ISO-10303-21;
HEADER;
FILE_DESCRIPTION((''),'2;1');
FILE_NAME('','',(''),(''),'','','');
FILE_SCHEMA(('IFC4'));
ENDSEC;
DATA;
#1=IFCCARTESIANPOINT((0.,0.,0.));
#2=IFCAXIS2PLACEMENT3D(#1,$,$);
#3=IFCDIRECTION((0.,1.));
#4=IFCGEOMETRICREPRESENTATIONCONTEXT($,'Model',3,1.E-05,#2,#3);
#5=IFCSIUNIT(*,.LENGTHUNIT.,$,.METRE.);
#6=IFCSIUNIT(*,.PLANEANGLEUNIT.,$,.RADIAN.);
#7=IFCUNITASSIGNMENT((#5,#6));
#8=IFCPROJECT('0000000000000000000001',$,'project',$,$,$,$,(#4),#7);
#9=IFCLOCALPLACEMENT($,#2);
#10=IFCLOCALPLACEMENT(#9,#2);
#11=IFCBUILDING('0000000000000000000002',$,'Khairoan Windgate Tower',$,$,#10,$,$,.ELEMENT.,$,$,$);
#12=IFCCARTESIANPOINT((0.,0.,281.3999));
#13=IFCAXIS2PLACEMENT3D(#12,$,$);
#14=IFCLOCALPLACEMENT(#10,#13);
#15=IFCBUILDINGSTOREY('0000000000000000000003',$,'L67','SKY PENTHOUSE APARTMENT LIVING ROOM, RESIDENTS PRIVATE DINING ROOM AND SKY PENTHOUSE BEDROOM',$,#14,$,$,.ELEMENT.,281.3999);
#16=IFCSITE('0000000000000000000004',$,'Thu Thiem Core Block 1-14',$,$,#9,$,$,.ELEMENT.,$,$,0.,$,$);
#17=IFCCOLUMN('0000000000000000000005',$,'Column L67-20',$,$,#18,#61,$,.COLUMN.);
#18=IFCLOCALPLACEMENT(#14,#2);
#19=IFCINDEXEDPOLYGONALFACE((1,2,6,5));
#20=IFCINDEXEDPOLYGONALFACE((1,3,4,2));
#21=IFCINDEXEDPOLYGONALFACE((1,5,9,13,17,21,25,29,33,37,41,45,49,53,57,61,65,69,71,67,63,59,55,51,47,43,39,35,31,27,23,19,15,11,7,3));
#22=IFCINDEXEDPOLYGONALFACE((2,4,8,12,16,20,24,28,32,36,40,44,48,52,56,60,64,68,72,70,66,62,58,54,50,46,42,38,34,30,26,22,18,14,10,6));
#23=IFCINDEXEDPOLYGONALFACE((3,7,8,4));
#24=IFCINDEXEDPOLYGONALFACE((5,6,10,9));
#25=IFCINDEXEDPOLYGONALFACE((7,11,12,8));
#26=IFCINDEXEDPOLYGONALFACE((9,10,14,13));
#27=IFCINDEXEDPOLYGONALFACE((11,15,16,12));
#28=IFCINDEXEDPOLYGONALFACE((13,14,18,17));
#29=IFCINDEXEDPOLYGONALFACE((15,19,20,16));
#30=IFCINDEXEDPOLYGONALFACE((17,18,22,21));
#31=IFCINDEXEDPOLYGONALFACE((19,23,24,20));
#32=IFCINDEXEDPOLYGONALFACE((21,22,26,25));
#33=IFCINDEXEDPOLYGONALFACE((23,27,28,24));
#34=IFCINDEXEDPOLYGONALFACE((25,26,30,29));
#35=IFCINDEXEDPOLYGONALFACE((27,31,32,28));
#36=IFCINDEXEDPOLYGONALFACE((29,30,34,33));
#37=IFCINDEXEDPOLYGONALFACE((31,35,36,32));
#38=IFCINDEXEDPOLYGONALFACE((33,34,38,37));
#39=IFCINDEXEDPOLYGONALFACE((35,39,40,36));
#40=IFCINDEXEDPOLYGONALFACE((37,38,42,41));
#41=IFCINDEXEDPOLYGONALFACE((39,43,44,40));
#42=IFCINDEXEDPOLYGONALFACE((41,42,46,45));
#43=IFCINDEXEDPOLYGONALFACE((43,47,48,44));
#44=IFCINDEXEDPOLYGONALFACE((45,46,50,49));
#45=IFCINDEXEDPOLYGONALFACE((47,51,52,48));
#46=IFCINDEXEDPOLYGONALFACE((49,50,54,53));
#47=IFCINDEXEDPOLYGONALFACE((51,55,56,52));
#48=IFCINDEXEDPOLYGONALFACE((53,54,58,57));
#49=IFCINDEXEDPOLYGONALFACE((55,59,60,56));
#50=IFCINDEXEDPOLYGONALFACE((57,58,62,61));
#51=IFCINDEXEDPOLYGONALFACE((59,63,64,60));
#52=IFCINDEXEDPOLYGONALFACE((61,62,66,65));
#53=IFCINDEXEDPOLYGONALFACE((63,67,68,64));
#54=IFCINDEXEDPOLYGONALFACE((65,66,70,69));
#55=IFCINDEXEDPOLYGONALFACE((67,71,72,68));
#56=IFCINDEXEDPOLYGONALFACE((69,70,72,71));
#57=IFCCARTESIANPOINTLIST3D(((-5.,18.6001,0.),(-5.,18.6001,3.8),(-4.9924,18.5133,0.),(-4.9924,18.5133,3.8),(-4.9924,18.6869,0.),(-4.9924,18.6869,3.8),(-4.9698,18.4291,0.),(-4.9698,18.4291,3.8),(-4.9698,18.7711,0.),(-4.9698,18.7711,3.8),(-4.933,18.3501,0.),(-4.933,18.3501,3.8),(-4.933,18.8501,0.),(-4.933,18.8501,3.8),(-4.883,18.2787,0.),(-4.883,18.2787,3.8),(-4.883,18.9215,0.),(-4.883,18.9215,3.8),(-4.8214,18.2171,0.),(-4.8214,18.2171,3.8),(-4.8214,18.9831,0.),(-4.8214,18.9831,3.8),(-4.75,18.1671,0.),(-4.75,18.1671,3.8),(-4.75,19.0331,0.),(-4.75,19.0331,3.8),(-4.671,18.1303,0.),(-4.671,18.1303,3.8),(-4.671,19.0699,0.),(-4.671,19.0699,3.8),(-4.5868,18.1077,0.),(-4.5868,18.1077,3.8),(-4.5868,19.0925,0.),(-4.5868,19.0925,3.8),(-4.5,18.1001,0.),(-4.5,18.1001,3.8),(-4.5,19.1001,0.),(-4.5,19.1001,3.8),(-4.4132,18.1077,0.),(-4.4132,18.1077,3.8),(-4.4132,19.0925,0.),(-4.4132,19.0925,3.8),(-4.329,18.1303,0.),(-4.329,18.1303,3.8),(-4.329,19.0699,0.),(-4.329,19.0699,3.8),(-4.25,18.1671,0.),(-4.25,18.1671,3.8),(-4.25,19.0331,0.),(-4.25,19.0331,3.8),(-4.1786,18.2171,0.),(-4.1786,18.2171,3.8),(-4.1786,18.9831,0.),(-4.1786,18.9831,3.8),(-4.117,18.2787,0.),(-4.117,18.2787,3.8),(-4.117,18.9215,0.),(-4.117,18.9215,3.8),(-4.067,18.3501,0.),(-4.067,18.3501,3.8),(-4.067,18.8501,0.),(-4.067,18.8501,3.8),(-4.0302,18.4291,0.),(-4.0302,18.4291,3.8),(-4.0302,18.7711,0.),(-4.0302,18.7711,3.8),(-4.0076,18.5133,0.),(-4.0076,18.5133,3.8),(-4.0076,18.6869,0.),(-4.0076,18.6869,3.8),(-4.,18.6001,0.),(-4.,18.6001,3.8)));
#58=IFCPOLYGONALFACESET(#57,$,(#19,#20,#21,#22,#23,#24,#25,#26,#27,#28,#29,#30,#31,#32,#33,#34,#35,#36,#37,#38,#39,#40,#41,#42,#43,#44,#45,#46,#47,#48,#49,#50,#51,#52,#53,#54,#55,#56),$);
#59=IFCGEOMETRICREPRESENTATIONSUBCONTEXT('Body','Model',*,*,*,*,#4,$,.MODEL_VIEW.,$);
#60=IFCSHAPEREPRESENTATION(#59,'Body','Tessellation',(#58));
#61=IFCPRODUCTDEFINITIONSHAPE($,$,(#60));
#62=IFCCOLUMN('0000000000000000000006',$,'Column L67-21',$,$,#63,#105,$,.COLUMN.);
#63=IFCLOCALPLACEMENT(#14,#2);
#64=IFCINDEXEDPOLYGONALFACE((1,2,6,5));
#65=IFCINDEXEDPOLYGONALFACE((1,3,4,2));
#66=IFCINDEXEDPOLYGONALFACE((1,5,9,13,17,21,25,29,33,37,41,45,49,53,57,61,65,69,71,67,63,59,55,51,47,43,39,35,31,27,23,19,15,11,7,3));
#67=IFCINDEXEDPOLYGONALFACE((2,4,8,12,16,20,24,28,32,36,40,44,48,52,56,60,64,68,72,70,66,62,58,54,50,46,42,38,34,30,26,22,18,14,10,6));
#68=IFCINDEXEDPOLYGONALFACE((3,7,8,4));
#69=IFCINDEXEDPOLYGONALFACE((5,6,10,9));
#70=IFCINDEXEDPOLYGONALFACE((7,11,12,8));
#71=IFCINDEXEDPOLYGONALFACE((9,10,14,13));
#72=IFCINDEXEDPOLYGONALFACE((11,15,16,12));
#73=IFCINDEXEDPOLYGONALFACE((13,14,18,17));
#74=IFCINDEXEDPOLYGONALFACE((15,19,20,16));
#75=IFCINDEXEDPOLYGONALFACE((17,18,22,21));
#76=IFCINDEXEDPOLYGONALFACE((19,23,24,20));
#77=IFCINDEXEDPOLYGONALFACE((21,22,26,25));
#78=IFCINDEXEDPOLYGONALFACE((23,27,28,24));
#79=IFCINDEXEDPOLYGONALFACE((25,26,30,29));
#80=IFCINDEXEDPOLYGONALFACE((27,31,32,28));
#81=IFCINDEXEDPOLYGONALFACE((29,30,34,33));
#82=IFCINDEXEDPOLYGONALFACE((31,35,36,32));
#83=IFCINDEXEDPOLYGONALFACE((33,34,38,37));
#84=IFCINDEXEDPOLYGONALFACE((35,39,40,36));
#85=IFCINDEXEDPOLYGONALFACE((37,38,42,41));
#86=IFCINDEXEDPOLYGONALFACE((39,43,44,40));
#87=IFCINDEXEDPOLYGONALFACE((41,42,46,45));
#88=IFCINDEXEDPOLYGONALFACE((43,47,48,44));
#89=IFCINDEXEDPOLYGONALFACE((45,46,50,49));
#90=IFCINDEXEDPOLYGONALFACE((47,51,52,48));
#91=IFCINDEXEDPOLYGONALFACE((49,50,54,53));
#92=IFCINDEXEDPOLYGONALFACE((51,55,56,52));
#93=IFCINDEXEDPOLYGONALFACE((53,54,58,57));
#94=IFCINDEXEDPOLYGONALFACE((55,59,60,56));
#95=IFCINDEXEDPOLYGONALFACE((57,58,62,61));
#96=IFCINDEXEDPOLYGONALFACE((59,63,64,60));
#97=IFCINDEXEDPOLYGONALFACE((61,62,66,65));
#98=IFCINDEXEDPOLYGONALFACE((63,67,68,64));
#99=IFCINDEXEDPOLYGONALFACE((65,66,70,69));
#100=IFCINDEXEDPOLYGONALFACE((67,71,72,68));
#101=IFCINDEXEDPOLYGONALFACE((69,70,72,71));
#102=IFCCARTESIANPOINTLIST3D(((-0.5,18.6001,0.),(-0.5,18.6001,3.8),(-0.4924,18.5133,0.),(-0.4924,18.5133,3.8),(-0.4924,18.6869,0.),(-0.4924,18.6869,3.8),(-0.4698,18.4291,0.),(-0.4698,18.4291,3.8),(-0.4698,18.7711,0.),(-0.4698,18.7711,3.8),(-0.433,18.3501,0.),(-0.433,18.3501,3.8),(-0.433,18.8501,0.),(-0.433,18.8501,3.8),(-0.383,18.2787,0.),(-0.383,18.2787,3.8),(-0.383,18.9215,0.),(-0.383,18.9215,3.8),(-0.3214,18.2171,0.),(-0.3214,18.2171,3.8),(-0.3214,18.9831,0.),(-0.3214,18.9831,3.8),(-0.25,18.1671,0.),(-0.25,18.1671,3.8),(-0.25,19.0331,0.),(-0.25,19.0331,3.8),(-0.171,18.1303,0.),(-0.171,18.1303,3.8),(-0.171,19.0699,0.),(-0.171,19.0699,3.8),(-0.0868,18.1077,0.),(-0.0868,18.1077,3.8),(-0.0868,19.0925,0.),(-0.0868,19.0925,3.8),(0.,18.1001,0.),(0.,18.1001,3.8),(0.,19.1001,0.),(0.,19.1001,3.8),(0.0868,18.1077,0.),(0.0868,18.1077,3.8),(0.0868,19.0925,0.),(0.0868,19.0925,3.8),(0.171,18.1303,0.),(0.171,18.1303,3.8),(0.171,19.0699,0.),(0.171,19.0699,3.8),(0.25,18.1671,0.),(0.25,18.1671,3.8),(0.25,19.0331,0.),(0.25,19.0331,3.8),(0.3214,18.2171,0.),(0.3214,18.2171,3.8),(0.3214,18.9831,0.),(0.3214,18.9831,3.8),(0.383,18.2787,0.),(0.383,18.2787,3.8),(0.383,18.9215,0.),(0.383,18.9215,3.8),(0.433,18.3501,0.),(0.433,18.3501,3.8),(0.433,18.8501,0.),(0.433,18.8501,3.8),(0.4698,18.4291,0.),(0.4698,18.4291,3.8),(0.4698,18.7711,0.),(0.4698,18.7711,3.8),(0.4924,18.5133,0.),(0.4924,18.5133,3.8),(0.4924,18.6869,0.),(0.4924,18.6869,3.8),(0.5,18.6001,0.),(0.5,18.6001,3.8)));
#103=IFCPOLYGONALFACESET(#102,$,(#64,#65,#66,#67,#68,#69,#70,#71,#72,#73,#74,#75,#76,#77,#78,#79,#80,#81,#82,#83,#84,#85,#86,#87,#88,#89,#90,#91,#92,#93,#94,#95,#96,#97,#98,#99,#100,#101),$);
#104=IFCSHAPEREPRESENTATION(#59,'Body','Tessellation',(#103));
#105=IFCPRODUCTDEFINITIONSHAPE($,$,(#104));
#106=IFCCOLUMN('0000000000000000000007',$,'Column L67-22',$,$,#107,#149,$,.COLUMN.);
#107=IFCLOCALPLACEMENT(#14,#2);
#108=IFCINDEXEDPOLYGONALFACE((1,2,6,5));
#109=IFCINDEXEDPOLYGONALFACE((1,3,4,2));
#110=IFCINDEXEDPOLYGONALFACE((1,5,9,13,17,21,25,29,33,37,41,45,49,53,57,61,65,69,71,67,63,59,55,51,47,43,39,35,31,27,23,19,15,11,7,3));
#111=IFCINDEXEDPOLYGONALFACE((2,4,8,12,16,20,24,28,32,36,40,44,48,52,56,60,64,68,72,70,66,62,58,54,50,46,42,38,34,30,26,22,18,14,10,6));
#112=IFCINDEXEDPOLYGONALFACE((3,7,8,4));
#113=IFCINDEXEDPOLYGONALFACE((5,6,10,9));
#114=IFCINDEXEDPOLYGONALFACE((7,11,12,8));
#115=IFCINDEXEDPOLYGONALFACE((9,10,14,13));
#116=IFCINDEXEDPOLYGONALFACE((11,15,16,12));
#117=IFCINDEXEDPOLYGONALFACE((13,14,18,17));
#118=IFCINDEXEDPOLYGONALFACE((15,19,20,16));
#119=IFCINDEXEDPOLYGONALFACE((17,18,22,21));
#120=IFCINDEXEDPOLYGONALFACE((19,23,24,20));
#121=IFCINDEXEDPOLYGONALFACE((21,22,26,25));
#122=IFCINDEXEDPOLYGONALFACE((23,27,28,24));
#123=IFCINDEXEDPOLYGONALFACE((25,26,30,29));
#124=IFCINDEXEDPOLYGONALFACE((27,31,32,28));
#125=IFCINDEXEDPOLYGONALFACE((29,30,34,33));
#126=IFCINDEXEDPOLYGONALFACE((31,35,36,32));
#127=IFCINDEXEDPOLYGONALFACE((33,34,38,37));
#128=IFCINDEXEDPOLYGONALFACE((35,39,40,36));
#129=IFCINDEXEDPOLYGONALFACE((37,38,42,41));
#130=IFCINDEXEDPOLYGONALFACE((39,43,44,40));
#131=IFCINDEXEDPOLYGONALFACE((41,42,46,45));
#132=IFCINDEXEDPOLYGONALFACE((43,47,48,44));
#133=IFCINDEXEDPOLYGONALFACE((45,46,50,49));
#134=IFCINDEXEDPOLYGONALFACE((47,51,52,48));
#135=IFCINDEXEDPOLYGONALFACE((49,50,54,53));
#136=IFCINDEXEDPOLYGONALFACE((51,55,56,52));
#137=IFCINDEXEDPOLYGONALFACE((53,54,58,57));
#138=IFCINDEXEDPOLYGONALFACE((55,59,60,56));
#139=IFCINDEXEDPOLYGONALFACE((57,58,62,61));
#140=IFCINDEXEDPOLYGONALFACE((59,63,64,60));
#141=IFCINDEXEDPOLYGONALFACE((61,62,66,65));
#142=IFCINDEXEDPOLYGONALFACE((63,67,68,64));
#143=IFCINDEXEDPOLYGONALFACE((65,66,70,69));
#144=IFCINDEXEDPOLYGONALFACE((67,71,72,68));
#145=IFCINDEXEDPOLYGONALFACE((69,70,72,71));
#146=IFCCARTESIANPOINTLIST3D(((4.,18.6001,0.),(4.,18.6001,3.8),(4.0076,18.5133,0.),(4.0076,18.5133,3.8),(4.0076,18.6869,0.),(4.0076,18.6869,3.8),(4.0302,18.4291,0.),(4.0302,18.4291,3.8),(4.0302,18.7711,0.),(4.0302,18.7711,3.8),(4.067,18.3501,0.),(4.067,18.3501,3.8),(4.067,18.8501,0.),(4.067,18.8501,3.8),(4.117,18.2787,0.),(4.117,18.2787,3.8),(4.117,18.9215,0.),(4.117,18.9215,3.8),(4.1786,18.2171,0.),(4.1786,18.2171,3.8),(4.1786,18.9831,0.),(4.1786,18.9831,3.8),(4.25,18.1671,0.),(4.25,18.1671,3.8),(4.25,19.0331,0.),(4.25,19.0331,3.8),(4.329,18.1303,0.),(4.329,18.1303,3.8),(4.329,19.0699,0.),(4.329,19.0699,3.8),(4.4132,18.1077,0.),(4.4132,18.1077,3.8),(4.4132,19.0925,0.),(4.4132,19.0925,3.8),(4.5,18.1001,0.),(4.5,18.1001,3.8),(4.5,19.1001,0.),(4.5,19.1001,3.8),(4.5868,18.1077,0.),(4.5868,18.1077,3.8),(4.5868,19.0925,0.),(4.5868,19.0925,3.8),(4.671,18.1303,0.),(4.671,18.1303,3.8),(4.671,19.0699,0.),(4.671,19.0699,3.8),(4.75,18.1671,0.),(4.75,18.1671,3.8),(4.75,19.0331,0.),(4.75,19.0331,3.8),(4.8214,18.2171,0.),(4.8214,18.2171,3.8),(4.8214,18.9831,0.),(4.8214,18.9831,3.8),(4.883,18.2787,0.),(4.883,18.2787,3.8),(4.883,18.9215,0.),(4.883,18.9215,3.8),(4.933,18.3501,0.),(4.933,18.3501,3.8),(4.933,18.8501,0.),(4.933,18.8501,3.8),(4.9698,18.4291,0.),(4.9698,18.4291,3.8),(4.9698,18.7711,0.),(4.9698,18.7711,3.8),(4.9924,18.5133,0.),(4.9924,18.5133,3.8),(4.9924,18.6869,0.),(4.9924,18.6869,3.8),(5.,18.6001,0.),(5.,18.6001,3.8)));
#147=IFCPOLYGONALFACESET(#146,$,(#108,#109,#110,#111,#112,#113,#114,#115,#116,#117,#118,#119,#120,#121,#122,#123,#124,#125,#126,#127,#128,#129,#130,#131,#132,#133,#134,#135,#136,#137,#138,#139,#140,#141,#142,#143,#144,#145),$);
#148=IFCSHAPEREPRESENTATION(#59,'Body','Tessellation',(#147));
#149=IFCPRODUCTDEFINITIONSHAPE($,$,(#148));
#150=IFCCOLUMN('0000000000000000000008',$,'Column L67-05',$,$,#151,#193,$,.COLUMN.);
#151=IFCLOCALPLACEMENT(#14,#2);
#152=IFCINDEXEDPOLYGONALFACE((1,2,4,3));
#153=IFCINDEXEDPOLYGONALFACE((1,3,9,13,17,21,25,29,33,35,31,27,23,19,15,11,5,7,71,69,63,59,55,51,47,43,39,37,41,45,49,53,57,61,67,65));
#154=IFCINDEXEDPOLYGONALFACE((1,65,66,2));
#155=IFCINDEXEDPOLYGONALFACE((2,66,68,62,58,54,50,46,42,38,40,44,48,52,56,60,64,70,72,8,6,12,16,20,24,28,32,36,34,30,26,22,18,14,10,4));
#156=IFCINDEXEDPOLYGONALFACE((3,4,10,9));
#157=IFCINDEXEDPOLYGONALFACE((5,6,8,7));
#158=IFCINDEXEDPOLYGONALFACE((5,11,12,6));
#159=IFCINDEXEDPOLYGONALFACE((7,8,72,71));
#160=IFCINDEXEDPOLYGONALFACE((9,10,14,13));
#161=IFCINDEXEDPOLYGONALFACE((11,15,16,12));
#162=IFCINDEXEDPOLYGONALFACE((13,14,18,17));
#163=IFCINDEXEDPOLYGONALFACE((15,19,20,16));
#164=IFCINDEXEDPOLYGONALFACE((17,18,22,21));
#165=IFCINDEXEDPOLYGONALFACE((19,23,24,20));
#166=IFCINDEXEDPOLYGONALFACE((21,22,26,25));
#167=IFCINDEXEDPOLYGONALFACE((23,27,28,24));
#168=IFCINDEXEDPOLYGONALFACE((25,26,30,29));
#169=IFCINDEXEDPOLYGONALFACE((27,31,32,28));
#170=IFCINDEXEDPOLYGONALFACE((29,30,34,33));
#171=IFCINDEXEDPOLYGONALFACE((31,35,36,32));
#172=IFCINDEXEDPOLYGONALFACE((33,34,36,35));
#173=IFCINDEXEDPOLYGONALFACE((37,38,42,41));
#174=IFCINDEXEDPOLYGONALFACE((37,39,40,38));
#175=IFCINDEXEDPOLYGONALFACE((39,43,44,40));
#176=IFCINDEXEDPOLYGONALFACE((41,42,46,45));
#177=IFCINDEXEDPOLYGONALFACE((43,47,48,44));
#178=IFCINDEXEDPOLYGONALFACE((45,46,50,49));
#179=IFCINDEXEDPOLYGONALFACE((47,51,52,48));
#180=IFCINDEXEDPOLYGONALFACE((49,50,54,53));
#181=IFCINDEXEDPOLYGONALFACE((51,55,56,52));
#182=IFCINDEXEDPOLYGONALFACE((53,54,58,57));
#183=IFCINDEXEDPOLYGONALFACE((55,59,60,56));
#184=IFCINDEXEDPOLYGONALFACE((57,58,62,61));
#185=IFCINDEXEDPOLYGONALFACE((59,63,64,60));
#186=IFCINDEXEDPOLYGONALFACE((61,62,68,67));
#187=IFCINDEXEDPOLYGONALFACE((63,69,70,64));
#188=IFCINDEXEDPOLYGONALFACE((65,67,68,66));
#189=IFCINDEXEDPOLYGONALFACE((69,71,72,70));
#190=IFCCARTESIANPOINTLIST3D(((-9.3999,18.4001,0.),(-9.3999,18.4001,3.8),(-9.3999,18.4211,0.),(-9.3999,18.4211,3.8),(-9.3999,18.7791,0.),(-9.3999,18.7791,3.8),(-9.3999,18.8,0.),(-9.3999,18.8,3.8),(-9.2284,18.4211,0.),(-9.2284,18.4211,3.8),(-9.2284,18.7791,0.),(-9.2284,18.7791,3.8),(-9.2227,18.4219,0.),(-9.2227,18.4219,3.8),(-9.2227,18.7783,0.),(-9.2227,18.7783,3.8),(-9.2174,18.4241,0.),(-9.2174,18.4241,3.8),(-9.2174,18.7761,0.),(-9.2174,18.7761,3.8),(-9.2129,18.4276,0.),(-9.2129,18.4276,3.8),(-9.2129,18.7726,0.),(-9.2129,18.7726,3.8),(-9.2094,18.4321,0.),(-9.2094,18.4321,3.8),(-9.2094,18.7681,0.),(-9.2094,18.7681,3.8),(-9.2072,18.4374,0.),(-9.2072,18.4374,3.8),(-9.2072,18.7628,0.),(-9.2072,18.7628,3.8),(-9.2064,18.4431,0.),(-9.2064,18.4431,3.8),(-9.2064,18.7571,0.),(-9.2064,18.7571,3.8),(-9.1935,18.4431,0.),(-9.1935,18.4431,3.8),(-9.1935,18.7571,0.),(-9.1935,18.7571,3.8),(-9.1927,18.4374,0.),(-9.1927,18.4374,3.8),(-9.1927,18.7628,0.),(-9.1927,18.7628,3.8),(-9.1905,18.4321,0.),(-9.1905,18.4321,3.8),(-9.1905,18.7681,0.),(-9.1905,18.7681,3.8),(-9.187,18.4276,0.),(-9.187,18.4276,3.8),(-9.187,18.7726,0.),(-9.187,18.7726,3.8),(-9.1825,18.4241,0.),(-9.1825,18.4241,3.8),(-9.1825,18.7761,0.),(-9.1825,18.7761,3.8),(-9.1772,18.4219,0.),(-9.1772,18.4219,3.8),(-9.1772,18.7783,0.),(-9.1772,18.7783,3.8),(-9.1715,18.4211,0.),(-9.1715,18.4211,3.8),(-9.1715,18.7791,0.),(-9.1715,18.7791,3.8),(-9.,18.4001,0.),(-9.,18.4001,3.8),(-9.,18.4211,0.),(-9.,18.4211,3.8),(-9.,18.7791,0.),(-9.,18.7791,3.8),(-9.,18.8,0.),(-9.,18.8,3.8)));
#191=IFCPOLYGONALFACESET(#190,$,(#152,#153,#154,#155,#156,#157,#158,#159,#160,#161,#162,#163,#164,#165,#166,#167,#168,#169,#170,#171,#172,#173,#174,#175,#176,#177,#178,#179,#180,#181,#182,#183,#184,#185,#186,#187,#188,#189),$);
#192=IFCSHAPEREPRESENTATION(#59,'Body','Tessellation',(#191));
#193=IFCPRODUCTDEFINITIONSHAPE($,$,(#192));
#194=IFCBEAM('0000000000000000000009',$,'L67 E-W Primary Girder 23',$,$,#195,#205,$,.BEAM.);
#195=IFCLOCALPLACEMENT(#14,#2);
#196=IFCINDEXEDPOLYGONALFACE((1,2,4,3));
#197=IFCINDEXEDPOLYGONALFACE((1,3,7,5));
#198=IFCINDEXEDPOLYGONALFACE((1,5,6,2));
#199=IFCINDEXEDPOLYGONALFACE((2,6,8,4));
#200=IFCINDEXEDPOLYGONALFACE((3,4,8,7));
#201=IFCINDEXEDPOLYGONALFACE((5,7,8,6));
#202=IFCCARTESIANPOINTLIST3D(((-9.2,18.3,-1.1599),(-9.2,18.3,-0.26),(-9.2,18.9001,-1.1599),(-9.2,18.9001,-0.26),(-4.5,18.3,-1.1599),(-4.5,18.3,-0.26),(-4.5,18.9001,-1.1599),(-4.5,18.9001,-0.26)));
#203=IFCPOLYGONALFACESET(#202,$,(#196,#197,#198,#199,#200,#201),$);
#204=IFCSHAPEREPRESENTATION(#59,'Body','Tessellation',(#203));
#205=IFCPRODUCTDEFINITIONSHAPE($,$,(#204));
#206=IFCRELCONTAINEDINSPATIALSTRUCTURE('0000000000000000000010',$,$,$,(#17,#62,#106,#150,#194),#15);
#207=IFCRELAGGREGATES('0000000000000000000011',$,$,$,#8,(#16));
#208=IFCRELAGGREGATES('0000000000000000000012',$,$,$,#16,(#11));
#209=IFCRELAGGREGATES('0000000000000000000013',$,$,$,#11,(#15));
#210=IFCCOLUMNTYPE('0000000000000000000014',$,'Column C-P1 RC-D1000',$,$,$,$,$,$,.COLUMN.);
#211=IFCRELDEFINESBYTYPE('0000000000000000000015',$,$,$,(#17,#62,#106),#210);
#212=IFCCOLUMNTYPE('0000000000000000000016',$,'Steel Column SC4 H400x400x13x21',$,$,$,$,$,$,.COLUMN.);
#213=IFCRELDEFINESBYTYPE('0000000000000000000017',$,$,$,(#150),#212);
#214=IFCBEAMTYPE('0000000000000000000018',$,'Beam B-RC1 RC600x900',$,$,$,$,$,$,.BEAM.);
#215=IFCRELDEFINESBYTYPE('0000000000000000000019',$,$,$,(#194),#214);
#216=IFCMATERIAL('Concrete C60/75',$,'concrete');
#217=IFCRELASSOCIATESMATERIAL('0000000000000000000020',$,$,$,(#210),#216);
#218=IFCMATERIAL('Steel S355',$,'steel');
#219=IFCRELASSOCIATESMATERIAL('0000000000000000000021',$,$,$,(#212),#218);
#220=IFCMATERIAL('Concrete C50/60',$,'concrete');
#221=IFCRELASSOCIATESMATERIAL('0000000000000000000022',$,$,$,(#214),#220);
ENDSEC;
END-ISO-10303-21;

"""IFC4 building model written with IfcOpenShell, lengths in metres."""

from ifc_helpers import new_model, si_unit, direction, frame, origin, origin_2d, place, context, subcontext, project, spatial, rectangle, circle, i_section, extrude, material, material_profile, profile_set, type_object, element, save


model = new_model("IFC4")

# Units and contexts
model_context = context("Model", 3, precision=1e-05, world=origin(), true_north=direction((0.0, 1.0)))
body_context = subcontext(model_context, "Body", "Model", "MODEL_VIEW")
ifc_project = project(units=[si_unit("LENGTHUNIT", "METRE"), si_unit("PLANEANGLEUNIT", "RADIAN")], contexts=[model_context])

# Site, building, storey
site_placement = place(None, origin())
site = spatial("IfcSite", under=ifc_project, at=site_placement, Name="Thu Thiem Core Block 1-14", CompositionType="ELEMENT", RefElevation=0.0)
building_placement = place(site_placement, origin())
building = spatial("IfcBuilding", under=site, at=building_placement, Name="Khairoan Windgate Tower", CompositionType="ELEMENT")
storey_placement = place(building_placement, frame((0.0, 0.0, 281.3999)))
storey = spatial("IfcBuildingStorey", under=building, at=storey_placement, Name="L67", Description="SKY PENTHOUSE APARTMENT LIVING ROOM, RESIDENTS PRIVATE DINING ROOM AND SKY PENTHOUSE BEDROOM", CompositionType="ELEMENT", Elevation=281.3999)

# Columns
ifc_material_1 = material(Name="Concrete C60/75", Category="concrete")
ifc_material_profile_1 = material_profile(ifc_material_1, circle(Radius=0.5, at=origin_2d()))
ifc_profile_set_1 = profile_set([ifc_material_profile_1], Name="Concrete C60/75")
column_type_1 = type_object("IfcColumnType", Name="Column C-P1 RC-D1000", PredefinedType="COLUMN", material=ifc_profile_set_1)
for number, where, z_axis, x_axis, name in (
    (1, (-4.5, 18.6001, 0.0), (0.0, 0.0, 1.0), (1.0, 0.0, 0.0), "Column L67-20"),
    (2, (0.0, 18.6001, 0.0), (0.0, 0.0, 1.0), (1.0, 0.0, 0.0), "Column L67-21"),
    (3, (4.5, 18.6001, 0.0), (0.0, 0.0, 1.0), (1.0, 0.0, 0.0), "Column L67-22"),
):
    element("IfcColumn", number, at=place(storey_placement, frame(where, z_axis=z_axis, x_axis=x_axis)), inside=storey, type_object=column_type_1, Name=name, PredefinedType="COLUMN", context=body_context, shape_type="SweptSolid", body=[
        extrude(circle(Radius=0.5, at=origin_2d()), origin(), (0.0, 0.0, 1.0), 3.8),
    ])
ifc_material_2 = material(Name="Steel S355", Category="steel")
ifc_material_profile_2 = material_profile(ifc_material_2, i_section(OverallWidth=0.3999, OverallDepth=0.3999, WebThickness=0.0129, FlangeThickness=0.021, FilletRadius=0.022, at=origin_2d()))
ifc_profile_set_2 = profile_set([ifc_material_profile_2], Name="Steel S355")
column_type_2 = type_object("IfcColumnType", Name="Steel Column SC4 H400x400x13x21", PredefinedType="COLUMN", material=ifc_profile_set_2)
column_placement = place(storey_placement, frame((-9.2, 18.6001, 0.0), z_axis=(0.0, 0.0, 1.0), x_axis=(1.0, 0.0, 0.0)))
element("IfcColumn", 4, at=column_placement, inside=storey, type_object=column_type_2, Name="Column L67-05", PredefinedType="COLUMN", context=body_context, shape_type="SweptSolid", body=[
    extrude(i_section(OverallWidth=0.3999, OverallDepth=0.3999, WebThickness=0.0129, FlangeThickness=0.021, FilletRadius=0.022, at=origin_2d()), origin(), (0.0, 0.0, 1.0), 3.8),
])

# Beam
ifc_material_3 = material(Name="Concrete C50/60", Category="concrete")
ifc_material_profile_3 = material_profile(ifc_material_3, rectangle(XDim=0.6001, YDim=0.8999, at=origin_2d()))
ifc_profile_set_3 = profile_set([ifc_material_profile_3], Name="Concrete C50/60")
beam_type = type_object("IfcBeamType", Name="Beam B-RC1 RC600x900", PredefinedType="BEAM", material=ifc_profile_set_3)
beam_1_placement = place(storey_placement, frame((-9.2, 18.6001, -0.71), z_axis=(1.0, 0.0, 0.0), x_axis=(0.0, 1.0, 0.0)))
element("IfcBeam", 5, at=beam_1_placement, inside=storey, type_object=beam_type, Name="L67 E-W Primary Girder 23", PredefinedType="BEAM", context=body_context, shape_type="SweptSolid", body=[
    extrude(rectangle(XDim=0.6001, YDim=0.8999, at=origin_2d()), origin(), (0.0, 0.0, 1.0), 4.7),
])

save(model, "model.ifc")
